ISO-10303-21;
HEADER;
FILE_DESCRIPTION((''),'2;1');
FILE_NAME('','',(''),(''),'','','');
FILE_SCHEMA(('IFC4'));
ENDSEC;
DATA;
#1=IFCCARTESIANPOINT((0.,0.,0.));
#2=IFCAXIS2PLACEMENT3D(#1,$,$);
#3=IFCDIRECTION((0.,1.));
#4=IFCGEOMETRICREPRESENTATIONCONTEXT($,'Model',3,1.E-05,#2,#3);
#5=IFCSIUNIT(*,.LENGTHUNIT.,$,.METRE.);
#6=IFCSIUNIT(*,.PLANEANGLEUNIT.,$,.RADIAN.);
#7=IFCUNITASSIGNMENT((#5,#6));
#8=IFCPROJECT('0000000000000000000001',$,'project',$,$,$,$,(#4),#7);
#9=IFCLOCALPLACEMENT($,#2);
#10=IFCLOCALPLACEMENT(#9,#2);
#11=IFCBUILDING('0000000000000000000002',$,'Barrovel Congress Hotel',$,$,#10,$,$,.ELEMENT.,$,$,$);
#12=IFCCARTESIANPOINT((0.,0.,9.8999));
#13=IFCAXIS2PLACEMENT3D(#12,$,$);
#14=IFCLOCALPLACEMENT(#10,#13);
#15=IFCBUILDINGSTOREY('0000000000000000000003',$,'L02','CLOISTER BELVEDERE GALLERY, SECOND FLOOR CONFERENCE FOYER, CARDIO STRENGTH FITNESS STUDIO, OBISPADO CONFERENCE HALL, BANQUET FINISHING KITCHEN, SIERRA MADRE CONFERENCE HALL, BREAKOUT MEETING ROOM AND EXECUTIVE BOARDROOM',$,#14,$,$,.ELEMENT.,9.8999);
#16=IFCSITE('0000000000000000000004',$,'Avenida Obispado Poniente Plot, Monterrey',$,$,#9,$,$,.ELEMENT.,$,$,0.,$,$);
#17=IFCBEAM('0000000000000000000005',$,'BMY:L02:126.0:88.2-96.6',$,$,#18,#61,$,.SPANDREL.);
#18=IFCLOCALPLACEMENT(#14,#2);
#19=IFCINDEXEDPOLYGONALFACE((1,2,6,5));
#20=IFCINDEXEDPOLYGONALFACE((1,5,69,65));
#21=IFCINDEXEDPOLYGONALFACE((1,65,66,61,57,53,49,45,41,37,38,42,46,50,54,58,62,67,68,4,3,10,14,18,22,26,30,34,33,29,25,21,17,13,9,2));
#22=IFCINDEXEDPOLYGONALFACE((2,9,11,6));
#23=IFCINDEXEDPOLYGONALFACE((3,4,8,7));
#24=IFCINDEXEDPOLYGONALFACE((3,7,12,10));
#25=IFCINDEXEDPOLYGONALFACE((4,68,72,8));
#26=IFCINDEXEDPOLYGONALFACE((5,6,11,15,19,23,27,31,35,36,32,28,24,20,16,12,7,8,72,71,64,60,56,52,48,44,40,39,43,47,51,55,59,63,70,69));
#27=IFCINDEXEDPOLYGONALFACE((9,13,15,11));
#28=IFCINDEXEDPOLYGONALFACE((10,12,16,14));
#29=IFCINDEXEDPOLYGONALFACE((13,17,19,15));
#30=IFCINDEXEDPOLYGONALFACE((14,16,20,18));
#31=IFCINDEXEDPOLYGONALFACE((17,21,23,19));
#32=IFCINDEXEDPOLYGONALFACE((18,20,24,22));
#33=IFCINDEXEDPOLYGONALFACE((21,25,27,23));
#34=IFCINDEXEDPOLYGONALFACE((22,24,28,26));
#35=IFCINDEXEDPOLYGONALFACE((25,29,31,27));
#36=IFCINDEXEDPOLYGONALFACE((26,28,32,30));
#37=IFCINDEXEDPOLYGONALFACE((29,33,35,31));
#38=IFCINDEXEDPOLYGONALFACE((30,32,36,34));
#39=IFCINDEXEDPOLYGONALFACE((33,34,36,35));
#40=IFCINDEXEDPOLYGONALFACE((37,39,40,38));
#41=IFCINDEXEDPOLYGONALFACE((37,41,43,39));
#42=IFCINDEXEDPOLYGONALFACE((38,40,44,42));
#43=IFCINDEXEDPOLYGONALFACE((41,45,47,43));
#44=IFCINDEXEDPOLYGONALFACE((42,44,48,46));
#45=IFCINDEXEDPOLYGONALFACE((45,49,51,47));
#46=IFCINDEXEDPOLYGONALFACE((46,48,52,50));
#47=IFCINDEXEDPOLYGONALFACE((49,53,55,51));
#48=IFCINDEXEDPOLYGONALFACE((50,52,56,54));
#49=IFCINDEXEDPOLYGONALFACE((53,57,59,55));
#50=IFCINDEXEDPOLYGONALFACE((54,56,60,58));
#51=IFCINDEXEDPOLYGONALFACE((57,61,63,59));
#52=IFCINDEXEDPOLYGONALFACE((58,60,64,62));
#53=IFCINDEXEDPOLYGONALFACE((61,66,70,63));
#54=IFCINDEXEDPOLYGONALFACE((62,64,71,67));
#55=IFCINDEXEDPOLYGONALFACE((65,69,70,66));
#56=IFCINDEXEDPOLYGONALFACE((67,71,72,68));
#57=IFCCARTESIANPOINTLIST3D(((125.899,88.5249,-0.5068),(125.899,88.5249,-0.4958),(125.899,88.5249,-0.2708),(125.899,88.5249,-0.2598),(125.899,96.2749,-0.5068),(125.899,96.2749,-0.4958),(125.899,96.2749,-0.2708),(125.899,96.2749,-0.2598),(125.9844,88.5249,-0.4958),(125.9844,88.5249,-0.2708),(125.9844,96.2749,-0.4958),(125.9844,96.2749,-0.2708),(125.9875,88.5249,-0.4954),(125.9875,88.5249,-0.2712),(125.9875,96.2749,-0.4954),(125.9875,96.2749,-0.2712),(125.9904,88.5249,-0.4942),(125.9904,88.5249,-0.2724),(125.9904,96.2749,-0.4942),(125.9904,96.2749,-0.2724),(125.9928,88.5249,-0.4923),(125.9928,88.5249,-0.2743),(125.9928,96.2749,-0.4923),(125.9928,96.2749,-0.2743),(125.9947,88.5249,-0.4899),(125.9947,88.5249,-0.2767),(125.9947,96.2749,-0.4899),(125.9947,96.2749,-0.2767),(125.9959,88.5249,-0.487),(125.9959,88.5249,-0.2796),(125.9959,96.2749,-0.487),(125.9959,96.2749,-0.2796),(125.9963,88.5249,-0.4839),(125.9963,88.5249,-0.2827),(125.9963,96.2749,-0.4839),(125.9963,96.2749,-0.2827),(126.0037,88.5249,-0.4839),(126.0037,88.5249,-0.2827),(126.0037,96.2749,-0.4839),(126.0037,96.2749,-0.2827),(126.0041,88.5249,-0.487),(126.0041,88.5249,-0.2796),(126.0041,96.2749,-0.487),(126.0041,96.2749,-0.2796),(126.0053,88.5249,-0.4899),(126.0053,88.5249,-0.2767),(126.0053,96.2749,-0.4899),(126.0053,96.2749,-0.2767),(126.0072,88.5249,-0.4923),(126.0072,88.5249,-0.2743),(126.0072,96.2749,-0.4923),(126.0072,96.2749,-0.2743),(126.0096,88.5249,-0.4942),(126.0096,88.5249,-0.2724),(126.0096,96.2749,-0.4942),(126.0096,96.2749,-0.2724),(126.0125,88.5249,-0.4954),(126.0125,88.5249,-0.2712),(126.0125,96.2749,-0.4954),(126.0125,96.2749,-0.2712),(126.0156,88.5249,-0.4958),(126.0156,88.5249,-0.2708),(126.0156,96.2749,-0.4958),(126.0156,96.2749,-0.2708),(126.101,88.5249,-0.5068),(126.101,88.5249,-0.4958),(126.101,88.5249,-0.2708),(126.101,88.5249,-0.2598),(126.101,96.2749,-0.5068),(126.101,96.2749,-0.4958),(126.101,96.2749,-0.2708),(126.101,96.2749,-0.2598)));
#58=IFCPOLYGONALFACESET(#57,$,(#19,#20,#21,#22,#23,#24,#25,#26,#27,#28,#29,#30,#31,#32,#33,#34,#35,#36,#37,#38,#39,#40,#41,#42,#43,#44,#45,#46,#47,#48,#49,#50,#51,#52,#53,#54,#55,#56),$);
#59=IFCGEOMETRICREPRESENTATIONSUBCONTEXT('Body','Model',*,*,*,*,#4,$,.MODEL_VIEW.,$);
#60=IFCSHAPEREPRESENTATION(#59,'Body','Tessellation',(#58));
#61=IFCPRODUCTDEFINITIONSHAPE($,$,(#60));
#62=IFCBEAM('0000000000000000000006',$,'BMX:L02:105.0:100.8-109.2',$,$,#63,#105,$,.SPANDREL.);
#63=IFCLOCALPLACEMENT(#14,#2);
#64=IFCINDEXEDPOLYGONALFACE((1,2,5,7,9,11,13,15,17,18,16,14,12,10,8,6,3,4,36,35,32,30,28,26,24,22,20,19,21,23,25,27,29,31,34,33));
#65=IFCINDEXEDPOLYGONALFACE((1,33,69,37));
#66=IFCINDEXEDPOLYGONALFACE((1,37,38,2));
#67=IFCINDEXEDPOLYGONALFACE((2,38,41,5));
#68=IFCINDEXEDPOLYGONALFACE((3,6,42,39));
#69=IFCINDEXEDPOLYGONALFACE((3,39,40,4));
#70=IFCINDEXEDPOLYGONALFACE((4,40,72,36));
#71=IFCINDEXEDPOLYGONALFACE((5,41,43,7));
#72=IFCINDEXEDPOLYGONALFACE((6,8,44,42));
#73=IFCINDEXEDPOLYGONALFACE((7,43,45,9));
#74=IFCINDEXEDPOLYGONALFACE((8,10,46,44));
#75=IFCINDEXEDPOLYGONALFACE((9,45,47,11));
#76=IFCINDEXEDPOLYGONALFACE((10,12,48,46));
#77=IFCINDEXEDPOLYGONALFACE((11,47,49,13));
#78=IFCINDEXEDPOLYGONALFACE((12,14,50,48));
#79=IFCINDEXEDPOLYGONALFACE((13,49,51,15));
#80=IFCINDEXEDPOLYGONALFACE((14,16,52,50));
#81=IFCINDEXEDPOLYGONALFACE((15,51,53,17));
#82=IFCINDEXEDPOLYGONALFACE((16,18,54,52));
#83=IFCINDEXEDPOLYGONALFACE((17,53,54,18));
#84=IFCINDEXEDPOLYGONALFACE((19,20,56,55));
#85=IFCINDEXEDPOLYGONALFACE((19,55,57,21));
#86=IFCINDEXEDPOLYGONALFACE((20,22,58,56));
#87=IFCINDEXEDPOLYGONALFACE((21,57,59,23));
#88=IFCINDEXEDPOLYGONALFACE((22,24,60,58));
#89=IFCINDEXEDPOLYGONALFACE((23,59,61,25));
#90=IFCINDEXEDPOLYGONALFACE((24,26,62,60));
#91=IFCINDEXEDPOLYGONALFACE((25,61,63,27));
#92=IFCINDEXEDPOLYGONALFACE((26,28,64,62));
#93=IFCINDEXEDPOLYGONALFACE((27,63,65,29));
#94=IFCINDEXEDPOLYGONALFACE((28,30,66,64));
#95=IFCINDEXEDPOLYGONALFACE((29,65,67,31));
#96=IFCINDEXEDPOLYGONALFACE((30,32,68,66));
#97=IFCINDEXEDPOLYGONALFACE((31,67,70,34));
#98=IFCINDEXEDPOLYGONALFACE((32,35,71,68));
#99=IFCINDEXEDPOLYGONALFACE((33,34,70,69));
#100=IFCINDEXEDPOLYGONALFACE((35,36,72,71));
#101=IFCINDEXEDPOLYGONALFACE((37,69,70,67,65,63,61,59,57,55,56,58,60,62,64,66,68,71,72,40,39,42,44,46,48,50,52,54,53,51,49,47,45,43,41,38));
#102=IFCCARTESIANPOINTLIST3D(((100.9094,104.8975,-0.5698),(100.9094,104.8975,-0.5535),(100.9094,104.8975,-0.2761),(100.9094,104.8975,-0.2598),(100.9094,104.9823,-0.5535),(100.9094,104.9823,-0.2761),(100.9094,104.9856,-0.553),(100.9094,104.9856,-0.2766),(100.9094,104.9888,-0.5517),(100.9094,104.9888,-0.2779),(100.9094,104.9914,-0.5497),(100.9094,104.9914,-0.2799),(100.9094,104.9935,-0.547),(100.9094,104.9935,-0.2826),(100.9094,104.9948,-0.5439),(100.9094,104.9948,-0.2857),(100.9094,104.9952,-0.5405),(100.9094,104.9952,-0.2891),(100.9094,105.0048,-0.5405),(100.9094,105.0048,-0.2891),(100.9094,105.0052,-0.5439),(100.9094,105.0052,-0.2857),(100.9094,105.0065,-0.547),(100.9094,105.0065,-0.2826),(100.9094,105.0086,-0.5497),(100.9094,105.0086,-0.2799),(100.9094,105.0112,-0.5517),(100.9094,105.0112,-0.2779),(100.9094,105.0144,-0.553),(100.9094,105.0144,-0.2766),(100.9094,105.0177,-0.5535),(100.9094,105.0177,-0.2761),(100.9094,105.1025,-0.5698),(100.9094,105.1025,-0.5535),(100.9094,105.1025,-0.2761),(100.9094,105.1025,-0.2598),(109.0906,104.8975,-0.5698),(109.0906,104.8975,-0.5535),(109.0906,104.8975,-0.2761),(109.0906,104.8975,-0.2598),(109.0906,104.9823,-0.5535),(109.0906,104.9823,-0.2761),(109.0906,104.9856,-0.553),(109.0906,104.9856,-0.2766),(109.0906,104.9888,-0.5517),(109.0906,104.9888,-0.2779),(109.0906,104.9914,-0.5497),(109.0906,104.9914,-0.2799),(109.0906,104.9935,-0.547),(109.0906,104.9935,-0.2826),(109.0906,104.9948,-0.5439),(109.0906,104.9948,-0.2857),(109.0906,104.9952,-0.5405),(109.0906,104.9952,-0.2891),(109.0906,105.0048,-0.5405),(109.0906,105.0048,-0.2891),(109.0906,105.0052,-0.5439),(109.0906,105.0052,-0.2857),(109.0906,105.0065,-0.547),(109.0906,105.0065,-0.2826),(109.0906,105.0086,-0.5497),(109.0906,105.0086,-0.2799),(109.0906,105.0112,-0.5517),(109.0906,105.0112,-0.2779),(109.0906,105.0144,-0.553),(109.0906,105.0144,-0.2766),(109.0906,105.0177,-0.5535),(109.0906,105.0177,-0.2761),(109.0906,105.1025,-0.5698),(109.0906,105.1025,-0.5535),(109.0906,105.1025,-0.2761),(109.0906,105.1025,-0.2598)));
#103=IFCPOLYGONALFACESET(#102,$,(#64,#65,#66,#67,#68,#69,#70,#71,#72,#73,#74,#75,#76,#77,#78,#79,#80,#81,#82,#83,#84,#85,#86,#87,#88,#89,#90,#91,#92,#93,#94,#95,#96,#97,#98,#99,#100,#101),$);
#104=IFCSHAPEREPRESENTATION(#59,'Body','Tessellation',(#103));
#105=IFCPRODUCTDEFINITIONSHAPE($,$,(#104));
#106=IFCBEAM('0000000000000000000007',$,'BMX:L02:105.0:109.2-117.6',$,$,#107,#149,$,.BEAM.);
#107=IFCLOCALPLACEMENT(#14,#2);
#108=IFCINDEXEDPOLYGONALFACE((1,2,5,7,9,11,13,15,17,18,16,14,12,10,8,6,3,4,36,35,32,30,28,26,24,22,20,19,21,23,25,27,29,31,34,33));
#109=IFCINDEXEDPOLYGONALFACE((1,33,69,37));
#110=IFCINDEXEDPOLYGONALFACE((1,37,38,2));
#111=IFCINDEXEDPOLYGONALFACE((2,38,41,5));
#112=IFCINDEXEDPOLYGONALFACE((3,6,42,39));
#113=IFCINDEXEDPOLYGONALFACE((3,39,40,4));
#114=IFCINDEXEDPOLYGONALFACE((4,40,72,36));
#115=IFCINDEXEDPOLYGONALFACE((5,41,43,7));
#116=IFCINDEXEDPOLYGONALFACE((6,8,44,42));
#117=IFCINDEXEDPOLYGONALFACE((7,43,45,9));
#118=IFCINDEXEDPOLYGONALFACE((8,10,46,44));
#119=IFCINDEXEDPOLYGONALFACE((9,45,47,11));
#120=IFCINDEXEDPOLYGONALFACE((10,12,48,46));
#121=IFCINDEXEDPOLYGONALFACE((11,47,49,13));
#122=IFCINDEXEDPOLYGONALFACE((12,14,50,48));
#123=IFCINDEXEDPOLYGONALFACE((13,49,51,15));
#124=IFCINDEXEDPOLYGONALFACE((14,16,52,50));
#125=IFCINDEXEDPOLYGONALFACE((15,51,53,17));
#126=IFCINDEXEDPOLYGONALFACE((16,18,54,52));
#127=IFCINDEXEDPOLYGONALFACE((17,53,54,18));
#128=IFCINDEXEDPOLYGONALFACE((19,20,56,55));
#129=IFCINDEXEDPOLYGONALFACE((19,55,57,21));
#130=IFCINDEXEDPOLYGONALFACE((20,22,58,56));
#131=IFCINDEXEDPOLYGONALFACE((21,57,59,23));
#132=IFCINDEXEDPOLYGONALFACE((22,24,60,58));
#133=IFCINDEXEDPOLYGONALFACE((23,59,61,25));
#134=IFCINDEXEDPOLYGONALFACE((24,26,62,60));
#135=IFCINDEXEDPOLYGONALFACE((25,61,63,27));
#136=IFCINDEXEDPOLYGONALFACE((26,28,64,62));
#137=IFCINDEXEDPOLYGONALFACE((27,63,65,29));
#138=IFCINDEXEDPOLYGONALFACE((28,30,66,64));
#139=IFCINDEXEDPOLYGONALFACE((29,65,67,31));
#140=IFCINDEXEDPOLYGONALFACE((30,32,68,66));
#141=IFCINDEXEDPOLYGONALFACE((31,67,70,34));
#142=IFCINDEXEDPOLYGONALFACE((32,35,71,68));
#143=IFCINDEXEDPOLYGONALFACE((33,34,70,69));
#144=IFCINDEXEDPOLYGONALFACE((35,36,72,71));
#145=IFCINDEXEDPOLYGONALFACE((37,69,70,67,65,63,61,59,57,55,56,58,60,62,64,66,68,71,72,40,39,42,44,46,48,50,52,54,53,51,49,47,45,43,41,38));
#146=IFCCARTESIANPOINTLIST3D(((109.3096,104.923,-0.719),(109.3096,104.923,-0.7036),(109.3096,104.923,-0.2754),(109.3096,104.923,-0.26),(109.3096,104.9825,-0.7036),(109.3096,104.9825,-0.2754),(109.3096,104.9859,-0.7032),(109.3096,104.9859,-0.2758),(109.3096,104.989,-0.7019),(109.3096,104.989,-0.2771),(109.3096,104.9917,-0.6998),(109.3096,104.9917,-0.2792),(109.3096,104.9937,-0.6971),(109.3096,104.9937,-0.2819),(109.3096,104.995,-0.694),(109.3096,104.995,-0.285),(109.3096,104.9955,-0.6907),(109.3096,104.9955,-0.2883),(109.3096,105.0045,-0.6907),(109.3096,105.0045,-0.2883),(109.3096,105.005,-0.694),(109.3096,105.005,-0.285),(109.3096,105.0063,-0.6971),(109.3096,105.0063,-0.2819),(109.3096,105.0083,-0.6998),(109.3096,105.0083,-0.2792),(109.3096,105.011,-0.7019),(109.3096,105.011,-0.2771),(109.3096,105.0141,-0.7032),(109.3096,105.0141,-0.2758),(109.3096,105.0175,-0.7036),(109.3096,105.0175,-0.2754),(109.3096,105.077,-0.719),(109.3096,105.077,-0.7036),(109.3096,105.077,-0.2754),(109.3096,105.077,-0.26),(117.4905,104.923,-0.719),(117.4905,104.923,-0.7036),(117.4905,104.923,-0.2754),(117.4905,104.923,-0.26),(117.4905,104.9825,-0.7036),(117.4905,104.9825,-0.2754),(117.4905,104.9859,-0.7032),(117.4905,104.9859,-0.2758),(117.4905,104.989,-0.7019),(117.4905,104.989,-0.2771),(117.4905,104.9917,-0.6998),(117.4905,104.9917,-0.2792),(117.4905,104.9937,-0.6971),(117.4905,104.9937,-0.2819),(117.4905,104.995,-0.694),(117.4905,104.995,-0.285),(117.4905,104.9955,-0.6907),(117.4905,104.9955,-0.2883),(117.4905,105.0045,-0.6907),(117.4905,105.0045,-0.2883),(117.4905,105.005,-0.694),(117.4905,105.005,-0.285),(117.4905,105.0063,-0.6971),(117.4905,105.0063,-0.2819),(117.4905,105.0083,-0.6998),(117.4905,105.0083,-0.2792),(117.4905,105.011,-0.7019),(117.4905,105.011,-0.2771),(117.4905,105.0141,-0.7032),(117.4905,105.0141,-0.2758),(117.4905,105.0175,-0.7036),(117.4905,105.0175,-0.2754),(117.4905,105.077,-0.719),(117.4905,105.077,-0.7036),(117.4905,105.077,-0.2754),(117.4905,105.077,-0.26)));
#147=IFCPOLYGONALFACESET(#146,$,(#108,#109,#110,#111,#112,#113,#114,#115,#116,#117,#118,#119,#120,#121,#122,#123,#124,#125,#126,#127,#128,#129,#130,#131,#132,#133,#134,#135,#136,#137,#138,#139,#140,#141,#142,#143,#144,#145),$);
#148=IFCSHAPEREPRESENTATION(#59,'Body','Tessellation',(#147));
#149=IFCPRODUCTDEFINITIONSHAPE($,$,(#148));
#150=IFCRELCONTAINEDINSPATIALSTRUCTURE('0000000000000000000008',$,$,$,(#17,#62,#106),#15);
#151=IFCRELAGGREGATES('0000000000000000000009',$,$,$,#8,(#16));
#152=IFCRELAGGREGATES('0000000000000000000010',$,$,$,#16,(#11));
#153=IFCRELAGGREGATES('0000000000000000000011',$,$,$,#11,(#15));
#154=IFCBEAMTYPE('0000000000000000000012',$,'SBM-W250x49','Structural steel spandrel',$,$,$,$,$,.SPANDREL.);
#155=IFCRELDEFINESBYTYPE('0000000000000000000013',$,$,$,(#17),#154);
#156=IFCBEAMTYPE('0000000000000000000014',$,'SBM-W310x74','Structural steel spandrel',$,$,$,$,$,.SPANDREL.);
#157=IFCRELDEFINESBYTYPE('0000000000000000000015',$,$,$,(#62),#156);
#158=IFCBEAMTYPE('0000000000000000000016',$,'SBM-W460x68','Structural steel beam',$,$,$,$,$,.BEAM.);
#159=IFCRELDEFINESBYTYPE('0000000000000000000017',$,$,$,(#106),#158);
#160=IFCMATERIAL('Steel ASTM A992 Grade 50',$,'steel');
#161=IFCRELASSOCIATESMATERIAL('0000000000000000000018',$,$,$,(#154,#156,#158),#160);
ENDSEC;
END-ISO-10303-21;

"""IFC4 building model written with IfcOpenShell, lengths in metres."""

from ifc_helpers import new_model, si_unit, direction, frame, origin, origin_2d, place, context, subcontext, project, spatial, i_section, extrude, material, material_profile, profile_set, type_object, element, save


model = new_model("IFC4")

# Units and contexts
model_context = context("Model", 3, precision=1e-05, world=origin(), true_north=direction((0.0, 1.0)))
body_context = subcontext(model_context, "Body", "Model", "MODEL_VIEW")
ifc_project = project(units=[si_unit("LENGTHUNIT", "METRE"), si_unit("PLANEANGLEUNIT", "RADIAN")], contexts=[model_context])

# Site, building, storey
site_placement = place(None, origin())
site = spatial("IfcSite", under=ifc_project, at=site_placement, Name="Avenida Obispado Poniente Plot, Monterrey", CompositionType="ELEMENT", RefElevation=0.0)
building_placement = place(site_placement, origin())
building = spatial("IfcBuilding", under=site, at=building_placement, Name="Barrovel Congress Hotel", CompositionType="ELEMENT")
storey_placement = place(building_placement, frame((0.0, 0.0, 9.8999)))
storey = spatial("IfcBuildingStorey", under=building, at=storey_placement, Name="L02", Description="CLOISTER BELVEDERE GALLERY, SECOND FLOOR CONFERENCE FOYER, CARDIO STRENGTH FITNESS STUDIO, OBISPADO CONFERENCE HALL, BANQUET FINISHING KITCHEN, SIERRA MADRE CONFERENCE HALL, BREAKOUT MEETING ROOM AND EXECUTIVE BOARDROOM", CompositionType="ELEMENT", Elevation=9.8999)

# Beams
ifc_material_1 = material(Name="Steel ASTM A992 Grade 50", Category="steel")
ifc_material_profile_1 = material_profile(ifc_material_1, i_section(OverallWidth=0.2019, OverallDepth=0.2471, WebThickness=0.0073, FlangeThickness=0.011, FilletRadius=0.012, at=origin_2d()), Name="W250x49")
ifc_profile_set_1 = profile_set([ifc_material_profile_1], Name="Steel ASTM A992 Grade 50")
beam_type_1 = type_object("IfcBeamType", Name="SBM-W250x49", Description="Structural steel spandrel", PredefinedType="SPANDREL", material=ifc_profile_set_1)
beam_1_placement = place(storey_placement, frame((126.0, 88.5249, -0.3833), z_axis=(0.0, 1.0, 0.0), x_axis=(-1.0, 0.0, 0.0)))
element("IfcBeam", 1, at=beam_1_placement, inside=storey, type_object=beam_type_1, Name="BMY:L02:126.0:88.2-96.6", PredefinedType="SPANDREL", context=body_context, shape_type="SweptSolid", body=[
    extrude(i_section(OverallWidth=0.2019, OverallDepth=0.2471, WebThickness=0.0073, FlangeThickness=0.011, FilletRadius=0.012, at=origin_2d()), origin(), (0.0, 0.0, 1.0), 7.75),
])
ifc_material_profile_2 = material_profile(ifc_material_1, i_section(OverallWidth=0.2051, OverallDepth=0.3101, WebThickness=0.0095, FlangeThickness=0.0164, FilletRadius=0.0129, at=origin_2d()), Name="W310x74")
ifc_profile_set_2 = profile_set([ifc_material_profile_2], Name="Steel ASTM A992 Grade 50")
beam_type_2 = type_object("IfcBeamType", Name="SBM-W310x74", Description="Structural steel spandrel", PredefinedType="SPANDREL", material=ifc_profile_set_2)
beam_2_placement = place(storey_placement, frame((100.9094, 105.0, -0.4148), z_axis=(1.0, 0.0, 0.0), x_axis=(0.0, 1.0, 0.0)))
element("IfcBeam", 2, at=beam_2_placement, inside=storey, type_object=beam_type_2, Name="BMX:L02:105.0:100.8-109.2", PredefinedType="SPANDREL", context=body_context, shape_type="SweptSolid", body=[
    extrude(i_section(OverallWidth=0.2051, OverallDepth=0.3101, WebThickness=0.0095, FlangeThickness=0.0164, FilletRadius=0.0129, at=origin_2d()), origin(), (0.0, 0.0, 1.0), 8.1812),
])
ifc_material_profile_3 = material_profile(ifc_material_1, i_section(OverallWidth=0.1541, OverallDepth=0.459, WebThickness=0.009, FlangeThickness=0.0154, FilletRadius=0.0129, at=origin_2d()), Name="W460x68")
ifc_profile_set_3 = profile_set([ifc_material_profile_3], Name="Steel ASTM A992 Grade 50")
beam_type_3 = type_object("IfcBeamType", Name="SBM-W460x68", Description="Structural steel beam", PredefinedType="BEAM", material=ifc_profile_set_3)
beam_3_placement = place(storey_placement, frame((109.3096, 105.0, -0.4895), z_axis=(1.0, 0.0, 0.0), x_axis=(0.0, 1.0, 0.0)))
element("IfcBeam", 3, at=beam_3_placement, inside=storey, type_object=beam_type_3, Name="BMX:L02:105.0:109.2-117.6", PredefinedType="BEAM", context=body_context, shape_type="SweptSolid", body=[
    extrude(i_section(OverallWidth=0.1541, OverallDepth=0.459, WebThickness=0.009, FlangeThickness=0.0154, FilletRadius=0.0129, at=origin_2d()), origin(), (0.0, 0.0, 1.0), 8.1809),
])

save(model, "model.ifc")
